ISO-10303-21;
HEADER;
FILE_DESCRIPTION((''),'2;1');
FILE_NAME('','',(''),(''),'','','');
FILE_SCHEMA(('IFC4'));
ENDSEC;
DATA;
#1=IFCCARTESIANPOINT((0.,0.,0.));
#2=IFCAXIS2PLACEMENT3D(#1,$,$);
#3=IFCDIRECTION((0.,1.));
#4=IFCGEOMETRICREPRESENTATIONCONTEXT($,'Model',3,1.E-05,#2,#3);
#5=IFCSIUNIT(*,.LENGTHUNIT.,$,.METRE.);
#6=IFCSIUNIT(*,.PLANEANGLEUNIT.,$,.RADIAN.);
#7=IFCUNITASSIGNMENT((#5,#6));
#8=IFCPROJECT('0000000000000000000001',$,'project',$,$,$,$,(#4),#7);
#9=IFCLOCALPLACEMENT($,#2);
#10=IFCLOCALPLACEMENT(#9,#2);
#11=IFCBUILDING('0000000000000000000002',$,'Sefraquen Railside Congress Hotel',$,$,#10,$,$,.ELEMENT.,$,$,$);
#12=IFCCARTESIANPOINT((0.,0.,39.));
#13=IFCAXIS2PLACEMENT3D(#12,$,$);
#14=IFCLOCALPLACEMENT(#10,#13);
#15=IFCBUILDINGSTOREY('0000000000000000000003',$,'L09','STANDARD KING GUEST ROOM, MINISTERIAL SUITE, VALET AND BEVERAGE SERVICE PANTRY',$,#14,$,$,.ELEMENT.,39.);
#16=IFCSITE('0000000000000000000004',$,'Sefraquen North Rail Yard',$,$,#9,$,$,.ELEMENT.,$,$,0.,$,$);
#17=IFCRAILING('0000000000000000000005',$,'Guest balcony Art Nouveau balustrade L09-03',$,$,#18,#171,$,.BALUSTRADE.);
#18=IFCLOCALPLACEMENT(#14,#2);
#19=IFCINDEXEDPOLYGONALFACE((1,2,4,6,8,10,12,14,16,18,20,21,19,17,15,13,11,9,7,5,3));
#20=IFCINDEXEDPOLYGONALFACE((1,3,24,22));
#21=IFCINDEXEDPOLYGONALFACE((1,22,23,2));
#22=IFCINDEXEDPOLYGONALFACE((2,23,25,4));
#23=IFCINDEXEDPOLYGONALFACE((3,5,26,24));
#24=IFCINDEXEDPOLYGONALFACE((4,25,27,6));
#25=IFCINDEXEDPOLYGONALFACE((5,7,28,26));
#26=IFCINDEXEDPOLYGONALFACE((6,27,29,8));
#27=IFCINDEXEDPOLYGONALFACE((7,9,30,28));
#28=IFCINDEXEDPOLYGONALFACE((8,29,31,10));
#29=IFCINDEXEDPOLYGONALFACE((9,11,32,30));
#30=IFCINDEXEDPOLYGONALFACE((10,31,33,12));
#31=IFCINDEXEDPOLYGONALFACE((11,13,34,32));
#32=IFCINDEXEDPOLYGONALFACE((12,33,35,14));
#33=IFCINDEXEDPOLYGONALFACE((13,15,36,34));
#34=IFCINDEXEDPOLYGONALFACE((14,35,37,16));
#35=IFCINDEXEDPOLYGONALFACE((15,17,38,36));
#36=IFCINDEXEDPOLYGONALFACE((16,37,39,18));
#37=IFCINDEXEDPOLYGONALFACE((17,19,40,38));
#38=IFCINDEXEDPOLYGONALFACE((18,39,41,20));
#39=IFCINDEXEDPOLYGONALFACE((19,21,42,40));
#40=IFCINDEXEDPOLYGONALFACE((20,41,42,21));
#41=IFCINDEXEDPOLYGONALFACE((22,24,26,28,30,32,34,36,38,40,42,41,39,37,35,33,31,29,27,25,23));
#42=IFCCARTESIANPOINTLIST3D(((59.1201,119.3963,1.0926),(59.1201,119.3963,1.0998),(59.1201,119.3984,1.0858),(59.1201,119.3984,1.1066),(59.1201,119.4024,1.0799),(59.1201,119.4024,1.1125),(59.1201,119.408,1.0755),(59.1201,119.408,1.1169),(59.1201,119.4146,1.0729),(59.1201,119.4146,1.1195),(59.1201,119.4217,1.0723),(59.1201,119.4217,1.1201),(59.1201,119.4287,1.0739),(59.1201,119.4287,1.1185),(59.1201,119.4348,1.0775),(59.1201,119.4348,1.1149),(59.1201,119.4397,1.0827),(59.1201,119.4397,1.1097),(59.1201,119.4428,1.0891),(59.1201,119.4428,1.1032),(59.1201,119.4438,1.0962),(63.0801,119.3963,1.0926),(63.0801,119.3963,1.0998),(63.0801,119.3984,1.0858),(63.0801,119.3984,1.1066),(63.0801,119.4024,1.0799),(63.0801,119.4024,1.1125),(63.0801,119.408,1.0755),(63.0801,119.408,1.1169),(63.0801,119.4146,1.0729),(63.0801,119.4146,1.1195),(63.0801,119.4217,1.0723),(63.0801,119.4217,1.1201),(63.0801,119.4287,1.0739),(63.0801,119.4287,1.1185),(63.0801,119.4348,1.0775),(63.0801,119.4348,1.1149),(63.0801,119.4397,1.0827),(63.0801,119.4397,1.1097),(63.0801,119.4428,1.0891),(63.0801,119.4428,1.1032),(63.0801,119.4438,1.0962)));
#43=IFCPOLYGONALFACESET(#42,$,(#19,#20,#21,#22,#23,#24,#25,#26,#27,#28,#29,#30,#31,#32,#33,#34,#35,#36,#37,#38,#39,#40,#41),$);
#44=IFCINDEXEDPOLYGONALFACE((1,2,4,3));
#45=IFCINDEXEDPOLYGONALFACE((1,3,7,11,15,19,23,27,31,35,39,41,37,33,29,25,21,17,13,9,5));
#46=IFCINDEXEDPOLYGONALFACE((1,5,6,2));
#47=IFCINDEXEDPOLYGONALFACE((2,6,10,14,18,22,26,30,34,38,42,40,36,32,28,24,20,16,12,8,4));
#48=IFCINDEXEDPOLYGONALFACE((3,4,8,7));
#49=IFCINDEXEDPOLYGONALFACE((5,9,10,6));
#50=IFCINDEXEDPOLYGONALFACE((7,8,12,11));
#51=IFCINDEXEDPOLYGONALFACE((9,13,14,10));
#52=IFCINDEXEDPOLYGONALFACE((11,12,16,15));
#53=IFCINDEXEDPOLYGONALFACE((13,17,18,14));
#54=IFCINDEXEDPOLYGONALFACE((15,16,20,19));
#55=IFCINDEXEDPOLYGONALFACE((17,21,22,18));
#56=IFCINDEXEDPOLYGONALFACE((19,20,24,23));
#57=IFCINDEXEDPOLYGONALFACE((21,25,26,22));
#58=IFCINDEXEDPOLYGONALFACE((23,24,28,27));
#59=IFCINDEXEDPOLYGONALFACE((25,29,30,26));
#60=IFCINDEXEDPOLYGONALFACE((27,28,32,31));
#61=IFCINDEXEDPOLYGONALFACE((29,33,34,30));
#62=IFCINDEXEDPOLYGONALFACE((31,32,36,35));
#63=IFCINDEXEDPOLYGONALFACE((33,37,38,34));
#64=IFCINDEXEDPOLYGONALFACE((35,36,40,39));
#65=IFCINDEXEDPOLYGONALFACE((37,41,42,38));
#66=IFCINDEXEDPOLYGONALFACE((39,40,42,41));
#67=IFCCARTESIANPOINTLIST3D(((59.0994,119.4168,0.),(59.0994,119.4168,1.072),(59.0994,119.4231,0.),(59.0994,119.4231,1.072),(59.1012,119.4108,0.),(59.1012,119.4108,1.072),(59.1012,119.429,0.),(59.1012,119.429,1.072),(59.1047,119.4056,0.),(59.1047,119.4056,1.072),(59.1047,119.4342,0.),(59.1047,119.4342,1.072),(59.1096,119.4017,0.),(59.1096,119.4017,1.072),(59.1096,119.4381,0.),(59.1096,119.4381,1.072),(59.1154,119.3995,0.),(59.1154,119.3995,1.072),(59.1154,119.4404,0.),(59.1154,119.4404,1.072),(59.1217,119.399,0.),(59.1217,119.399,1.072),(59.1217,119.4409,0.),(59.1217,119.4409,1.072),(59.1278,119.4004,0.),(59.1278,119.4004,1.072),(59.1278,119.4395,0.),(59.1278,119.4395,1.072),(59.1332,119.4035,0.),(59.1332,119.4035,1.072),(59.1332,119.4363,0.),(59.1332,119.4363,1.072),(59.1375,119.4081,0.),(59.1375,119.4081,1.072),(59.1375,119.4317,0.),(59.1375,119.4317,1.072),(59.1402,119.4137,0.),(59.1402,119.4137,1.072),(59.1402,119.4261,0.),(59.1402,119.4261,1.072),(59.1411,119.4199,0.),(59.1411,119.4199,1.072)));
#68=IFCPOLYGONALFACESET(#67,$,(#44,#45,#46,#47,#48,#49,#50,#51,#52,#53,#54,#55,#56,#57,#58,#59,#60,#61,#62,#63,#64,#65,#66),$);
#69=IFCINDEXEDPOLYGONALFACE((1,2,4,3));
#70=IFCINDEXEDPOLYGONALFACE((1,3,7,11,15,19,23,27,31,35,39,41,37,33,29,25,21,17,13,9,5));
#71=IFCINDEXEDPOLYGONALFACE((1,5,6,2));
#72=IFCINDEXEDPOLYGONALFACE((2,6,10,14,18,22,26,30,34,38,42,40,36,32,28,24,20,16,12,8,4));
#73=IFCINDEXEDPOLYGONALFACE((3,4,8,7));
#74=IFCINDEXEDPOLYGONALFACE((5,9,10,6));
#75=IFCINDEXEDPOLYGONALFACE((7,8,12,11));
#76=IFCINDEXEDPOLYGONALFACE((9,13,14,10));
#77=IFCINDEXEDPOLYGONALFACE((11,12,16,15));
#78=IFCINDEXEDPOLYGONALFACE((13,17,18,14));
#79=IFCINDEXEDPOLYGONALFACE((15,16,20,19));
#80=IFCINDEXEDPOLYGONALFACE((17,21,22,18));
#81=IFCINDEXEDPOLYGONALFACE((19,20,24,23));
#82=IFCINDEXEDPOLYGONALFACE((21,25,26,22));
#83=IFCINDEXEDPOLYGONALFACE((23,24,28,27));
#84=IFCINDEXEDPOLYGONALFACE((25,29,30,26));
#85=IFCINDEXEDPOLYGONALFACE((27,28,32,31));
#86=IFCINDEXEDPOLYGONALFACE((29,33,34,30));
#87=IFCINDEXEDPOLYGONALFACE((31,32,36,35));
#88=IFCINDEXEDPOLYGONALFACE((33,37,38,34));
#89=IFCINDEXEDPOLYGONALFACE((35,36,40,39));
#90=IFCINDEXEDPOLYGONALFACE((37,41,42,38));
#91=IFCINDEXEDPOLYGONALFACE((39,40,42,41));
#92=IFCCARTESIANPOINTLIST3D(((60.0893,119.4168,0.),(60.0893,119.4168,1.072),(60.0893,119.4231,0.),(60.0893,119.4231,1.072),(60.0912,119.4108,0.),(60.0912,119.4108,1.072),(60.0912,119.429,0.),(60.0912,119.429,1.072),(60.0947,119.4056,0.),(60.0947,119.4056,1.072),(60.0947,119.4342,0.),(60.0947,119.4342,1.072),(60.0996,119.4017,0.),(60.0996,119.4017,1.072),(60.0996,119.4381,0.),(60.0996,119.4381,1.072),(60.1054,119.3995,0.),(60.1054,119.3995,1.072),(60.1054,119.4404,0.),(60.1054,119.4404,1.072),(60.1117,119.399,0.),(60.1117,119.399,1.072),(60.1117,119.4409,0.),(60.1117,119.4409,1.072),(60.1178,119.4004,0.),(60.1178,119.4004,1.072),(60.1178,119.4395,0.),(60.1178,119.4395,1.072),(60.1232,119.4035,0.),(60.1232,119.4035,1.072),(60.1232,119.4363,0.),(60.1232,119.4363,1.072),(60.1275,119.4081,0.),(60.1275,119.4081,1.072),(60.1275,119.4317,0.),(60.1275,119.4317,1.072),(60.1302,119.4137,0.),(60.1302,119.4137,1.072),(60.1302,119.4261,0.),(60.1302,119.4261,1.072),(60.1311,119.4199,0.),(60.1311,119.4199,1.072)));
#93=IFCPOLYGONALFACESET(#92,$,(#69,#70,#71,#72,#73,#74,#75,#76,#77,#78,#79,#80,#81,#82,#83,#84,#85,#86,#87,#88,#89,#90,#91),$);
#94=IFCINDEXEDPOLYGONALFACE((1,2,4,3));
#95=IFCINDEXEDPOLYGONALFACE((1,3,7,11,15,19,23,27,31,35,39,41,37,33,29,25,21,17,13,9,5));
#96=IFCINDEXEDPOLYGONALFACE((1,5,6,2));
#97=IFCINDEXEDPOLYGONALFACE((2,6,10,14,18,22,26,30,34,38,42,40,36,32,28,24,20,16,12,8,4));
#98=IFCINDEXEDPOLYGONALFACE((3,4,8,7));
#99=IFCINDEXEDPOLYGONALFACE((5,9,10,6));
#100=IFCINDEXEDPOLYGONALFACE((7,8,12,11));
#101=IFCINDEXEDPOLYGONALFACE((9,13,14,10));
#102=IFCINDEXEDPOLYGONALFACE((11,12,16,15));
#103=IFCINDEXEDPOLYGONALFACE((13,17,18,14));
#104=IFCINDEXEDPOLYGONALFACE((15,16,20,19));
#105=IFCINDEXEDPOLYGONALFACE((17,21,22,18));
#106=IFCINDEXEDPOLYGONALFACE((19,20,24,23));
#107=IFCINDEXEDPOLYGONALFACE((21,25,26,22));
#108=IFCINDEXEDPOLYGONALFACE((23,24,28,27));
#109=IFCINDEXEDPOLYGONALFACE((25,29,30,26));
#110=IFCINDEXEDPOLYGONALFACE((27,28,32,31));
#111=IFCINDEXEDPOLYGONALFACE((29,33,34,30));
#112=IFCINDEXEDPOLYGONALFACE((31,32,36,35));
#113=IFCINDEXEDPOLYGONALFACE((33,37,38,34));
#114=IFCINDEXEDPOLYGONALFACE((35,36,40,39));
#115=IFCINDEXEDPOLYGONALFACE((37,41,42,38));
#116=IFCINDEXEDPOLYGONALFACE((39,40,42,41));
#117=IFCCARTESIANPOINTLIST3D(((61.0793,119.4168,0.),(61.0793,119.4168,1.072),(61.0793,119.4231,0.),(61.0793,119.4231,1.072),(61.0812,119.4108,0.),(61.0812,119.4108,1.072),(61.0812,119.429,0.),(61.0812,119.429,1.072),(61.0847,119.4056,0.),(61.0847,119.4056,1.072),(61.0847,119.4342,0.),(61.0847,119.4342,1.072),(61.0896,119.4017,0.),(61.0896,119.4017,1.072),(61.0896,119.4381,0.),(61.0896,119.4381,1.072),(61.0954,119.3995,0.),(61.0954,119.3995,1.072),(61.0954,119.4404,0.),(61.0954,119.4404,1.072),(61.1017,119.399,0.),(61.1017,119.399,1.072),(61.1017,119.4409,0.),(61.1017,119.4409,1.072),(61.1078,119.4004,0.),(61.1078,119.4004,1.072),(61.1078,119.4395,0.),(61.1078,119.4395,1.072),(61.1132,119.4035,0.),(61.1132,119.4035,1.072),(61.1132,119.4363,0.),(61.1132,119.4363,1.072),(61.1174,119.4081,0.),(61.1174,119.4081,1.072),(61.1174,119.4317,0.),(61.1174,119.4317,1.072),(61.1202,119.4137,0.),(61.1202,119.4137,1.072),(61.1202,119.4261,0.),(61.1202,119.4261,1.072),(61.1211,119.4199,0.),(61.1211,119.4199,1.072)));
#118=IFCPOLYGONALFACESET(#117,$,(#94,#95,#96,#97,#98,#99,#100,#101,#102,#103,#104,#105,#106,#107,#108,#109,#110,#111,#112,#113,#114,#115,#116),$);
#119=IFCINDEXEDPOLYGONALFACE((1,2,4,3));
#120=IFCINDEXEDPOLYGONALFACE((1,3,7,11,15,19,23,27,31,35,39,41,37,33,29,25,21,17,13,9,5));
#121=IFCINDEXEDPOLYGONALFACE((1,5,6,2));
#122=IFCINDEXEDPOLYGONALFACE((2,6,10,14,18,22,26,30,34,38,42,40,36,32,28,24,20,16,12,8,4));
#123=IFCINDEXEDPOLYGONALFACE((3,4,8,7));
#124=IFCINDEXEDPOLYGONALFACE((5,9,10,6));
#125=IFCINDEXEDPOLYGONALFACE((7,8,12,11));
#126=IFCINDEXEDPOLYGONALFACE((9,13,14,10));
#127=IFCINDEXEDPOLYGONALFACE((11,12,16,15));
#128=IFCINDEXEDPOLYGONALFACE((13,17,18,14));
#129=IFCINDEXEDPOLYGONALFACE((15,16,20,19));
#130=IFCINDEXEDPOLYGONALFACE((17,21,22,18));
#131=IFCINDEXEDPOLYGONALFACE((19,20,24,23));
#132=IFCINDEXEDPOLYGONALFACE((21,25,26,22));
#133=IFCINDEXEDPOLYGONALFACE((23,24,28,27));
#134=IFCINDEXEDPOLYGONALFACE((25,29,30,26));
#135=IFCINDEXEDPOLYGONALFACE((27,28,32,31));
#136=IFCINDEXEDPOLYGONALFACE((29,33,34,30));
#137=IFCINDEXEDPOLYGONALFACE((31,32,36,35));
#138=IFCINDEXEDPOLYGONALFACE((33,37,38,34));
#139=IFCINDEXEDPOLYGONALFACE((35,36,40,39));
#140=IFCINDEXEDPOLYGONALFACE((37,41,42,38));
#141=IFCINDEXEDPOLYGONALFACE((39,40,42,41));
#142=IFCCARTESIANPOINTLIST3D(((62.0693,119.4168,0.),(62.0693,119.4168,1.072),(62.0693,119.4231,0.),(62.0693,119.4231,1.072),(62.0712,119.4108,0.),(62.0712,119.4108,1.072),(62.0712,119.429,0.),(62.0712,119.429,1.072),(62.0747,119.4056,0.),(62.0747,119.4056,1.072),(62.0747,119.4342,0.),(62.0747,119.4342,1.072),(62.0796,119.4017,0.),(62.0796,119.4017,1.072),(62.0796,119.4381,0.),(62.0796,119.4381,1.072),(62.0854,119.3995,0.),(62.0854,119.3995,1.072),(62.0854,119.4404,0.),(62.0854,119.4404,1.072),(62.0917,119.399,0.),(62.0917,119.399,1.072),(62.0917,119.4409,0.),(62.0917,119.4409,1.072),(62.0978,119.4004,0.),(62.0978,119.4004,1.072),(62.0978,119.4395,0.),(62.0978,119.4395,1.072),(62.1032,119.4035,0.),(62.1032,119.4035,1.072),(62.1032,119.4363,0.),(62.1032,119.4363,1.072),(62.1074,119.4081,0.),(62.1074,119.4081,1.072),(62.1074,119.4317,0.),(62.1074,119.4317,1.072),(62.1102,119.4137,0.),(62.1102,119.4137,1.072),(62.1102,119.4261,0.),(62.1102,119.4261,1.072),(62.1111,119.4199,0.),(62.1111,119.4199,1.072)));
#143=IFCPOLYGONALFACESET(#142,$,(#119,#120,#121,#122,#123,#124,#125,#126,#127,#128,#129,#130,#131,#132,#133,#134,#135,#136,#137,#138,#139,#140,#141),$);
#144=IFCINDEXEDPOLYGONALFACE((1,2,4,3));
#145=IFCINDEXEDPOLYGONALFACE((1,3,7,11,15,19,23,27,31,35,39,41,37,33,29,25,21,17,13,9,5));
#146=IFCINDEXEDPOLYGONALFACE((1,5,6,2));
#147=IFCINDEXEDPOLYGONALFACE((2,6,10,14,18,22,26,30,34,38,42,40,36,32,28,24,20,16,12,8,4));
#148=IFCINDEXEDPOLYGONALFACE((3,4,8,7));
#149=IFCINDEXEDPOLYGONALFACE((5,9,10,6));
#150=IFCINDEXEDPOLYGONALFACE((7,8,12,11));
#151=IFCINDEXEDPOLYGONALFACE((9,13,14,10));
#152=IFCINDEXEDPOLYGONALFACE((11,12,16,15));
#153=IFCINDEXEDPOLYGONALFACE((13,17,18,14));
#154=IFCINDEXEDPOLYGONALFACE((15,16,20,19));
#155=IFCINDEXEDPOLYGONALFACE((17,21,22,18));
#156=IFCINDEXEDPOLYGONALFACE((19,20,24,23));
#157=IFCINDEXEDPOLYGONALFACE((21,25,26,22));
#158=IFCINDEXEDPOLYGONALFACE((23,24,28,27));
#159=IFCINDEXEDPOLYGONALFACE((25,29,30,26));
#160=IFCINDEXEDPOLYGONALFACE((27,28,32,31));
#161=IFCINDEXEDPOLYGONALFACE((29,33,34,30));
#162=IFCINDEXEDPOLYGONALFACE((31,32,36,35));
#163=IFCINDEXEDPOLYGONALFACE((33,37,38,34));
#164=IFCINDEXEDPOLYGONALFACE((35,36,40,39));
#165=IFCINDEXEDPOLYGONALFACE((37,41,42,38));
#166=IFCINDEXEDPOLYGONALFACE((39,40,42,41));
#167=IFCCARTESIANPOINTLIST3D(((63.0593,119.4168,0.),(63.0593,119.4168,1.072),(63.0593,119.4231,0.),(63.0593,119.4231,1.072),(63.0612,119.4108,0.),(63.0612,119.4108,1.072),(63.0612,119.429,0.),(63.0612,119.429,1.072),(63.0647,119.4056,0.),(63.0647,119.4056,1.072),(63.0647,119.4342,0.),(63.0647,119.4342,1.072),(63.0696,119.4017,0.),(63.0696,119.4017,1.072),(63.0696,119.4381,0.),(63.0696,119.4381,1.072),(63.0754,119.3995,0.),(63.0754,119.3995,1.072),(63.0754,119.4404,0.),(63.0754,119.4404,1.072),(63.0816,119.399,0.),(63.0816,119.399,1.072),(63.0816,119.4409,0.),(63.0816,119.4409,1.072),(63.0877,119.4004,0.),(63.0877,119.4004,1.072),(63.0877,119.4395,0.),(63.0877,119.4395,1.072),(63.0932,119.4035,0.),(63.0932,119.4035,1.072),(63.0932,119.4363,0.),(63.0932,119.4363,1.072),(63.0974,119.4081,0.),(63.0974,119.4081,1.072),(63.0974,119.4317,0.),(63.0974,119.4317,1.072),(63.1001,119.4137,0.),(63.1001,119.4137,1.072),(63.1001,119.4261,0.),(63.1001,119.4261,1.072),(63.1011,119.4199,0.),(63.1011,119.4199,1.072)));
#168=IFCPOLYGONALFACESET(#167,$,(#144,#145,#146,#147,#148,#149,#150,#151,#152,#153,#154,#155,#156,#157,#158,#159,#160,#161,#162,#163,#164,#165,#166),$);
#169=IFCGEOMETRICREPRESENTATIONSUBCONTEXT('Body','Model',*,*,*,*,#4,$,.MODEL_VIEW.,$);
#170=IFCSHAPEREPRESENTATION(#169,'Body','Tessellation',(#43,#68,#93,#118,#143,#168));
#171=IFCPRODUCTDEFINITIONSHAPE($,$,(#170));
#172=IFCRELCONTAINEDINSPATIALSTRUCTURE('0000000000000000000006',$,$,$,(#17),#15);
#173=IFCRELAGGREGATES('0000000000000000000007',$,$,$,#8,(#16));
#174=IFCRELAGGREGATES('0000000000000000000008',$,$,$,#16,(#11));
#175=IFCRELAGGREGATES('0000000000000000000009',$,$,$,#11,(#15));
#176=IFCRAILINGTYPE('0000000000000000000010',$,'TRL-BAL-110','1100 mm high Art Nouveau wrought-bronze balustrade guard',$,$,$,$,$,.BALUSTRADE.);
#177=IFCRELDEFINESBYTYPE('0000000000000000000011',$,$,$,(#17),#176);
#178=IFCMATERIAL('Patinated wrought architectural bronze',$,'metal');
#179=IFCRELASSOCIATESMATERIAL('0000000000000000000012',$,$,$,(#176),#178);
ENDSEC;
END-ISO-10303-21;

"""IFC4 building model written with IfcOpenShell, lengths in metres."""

from ifc_helpers import new_model, si_unit, direction, frame, origin, origin_2d, place, context, subcontext, project, spatial, circle, extrude, material, type_object, element, save


model = new_model("IFC4")

# Units and contexts
model_context = context("Model", 3, precision=1e-05, world=origin(), true_north=direction((0.0, 1.0)))
body_context = subcontext(model_context, "Body", "Model", "MODEL_VIEW")
ifc_project = project(units=[si_unit("LENGTHUNIT", "METRE"), si_unit("PLANEANGLEUNIT", "RADIAN")], contexts=[model_context])

# Site, building, storey
site_placement = place(None, origin())
site = spatial("IfcSite", under=ifc_project, at=site_placement, Name="Sefraquen North Rail Yard", CompositionType="ELEMENT", RefElevation=0.0)
building_placement = place(site_placement, origin())
building = spatial("IfcBuilding", under=site, at=building_placement, Name="Sefraquen Railside Congress Hotel", CompositionType="ELEMENT")
storey_placement = place(building_placement, frame((0.0, 0.0, 39.0)))
storey = spatial("IfcBuildingStorey", under=building, at=storey_placement, Name="L09", Description="STANDARD KING GUEST ROOM, MINISTERIAL SUITE, VALET AND BEVERAGE SERVICE PANTRY", CompositionType="ELEMENT", Elevation=39.0)

# Railing
ifc_material_1 = material(Name="Patinated wrought architectural bronze", Category="metal")
railing_type = type_object("IfcRailingType", Name="TRL-BAL-110", Description="1100 mm high Art Nouveau wrought-bronze balustrade guard", PredefinedType="BALUSTRADE", material=ifc_material_1)
railing_1_placement = place(storey_placement, frame((59.1201, 119.4199, 0.0)))
element("IfcRailing", 1, at=railing_1_placement, inside=storey, type_object=railing_type, Name="Guest balcony Art Nouveau balustrade L09-03", PredefinedType="BALUSTRADE", context=body_context, shape_type="SweptSolid", body=[
    extrude(circle(Radius=0.0239, at=origin_2d()), frame((0.0, 0.0, 1.0962), z_axis=(1.0, 0.0, 0.0), x_axis=(0.0, 1.0, 0.0)), (0.0, 0.0, 1.0), 3.96),
    extrude(circle(Radius=0.021, at=origin_2d()), origin(), (0.0, 0.0, 1.0), 1.072),
    extrude(circle(Radius=0.021, at=origin_2d()), frame((0.99, 0.0, 0.0)), (0.0, 0.0, 1.0), 1.072),
    extrude(circle(Radius=0.021, at=origin_2d()), frame((1.98, 0.0, 0.0)), (0.0, 0.0, 1.0), 1.072),
    extrude(circle(Radius=0.021, at=origin_2d()), frame((2.97, 0.0, 0.0)), (0.0, 0.0, 1.0), 1.072),
    extrude(circle(Radius=0.021, at=origin_2d()), frame((3.96, 0.0, 0.0)), (0.0, 0.0, 1.0), 1.072),
])

save(model, "model.ifc")
